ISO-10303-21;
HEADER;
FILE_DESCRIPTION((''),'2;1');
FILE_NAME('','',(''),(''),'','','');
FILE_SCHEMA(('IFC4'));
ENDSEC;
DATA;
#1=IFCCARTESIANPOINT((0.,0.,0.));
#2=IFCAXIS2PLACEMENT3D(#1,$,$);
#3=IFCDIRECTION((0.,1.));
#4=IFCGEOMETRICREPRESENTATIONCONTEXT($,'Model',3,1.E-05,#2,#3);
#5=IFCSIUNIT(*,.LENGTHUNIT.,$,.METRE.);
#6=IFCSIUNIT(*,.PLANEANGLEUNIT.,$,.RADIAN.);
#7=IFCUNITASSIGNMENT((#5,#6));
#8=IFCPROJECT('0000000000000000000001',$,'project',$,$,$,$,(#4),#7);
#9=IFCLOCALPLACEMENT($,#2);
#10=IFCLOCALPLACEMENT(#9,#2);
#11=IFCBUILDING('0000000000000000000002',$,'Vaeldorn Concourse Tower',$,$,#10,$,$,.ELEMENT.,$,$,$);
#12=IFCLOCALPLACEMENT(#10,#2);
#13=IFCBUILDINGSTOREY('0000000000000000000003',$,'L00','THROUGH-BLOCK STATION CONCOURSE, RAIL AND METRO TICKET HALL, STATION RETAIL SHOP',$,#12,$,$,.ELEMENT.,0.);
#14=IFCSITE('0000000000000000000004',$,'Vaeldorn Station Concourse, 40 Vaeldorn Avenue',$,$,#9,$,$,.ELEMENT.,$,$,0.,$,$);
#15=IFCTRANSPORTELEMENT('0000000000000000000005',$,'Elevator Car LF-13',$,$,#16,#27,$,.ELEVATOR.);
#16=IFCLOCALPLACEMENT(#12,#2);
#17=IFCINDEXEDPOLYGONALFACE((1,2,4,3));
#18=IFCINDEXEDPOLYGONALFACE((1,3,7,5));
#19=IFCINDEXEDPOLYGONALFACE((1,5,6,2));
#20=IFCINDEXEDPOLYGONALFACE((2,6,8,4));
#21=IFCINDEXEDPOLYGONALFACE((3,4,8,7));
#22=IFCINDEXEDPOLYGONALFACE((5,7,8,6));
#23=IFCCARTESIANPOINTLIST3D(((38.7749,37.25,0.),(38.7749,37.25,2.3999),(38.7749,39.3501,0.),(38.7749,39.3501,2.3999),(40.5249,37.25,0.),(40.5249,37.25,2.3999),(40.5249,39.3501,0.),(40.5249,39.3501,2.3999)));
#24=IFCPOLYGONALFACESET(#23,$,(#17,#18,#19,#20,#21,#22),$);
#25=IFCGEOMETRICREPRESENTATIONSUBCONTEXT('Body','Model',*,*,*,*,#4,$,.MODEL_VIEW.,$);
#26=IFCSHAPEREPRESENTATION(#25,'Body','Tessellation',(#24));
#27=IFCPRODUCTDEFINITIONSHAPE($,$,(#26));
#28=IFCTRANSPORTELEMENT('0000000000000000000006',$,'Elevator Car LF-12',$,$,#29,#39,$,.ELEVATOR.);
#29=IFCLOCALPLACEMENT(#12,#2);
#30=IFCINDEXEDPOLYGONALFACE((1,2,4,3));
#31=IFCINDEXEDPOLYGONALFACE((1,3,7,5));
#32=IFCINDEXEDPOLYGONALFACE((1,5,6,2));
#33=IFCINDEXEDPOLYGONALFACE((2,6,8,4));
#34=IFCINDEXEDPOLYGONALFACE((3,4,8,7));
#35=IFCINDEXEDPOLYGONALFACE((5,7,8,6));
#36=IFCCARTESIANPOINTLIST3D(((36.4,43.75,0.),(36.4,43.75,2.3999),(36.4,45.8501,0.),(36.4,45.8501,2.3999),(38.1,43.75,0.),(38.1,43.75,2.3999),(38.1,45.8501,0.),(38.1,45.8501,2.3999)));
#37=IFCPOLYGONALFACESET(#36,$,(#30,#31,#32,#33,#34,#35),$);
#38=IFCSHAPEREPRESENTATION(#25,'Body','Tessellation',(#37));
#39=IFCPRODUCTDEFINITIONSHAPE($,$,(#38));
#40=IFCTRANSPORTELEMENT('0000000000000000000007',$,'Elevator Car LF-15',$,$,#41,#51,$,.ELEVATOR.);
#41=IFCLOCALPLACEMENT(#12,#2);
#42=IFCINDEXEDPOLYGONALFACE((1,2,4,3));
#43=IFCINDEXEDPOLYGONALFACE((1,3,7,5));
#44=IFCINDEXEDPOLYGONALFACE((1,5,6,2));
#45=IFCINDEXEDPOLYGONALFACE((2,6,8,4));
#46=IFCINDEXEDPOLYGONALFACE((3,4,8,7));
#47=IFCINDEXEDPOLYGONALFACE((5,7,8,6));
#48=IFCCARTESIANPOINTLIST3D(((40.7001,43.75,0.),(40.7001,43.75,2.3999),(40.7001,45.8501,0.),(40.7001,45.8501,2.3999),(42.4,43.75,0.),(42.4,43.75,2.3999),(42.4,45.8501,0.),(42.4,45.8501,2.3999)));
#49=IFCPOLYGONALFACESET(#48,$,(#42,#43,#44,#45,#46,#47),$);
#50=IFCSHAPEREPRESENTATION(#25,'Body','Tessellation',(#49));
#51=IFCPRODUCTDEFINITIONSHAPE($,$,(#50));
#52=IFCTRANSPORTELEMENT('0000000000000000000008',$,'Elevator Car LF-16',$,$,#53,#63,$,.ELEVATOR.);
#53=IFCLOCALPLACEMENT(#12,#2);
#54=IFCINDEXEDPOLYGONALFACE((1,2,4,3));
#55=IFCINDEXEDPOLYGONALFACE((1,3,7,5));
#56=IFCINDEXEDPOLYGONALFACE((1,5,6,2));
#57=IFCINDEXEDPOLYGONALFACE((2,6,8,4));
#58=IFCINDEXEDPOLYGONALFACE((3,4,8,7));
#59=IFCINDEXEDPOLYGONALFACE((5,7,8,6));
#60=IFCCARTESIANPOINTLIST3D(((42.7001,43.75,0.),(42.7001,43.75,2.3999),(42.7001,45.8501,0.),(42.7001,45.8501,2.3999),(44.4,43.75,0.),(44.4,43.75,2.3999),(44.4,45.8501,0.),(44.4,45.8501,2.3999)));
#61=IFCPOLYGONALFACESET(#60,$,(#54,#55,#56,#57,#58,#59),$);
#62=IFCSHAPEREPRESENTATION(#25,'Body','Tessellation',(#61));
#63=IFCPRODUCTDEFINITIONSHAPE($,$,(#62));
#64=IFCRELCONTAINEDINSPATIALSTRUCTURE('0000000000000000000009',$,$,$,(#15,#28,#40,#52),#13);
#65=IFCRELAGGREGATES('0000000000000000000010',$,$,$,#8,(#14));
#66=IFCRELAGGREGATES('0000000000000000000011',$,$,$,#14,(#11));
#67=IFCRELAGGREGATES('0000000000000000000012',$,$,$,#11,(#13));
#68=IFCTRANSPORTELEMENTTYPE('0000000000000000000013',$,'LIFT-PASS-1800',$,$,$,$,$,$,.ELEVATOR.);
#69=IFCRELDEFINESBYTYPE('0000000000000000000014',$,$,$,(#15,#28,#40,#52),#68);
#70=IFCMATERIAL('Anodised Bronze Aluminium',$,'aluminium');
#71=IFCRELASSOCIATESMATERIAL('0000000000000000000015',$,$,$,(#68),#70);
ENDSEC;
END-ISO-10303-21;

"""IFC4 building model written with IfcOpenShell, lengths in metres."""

from ifc_helpers import new_model, si_unit, direction, frame, origin, origin_2d, place, context, subcontext, project, spatial, rectangle, extrude, source, transform, mapped, material, type_object, element, save


model = new_model("IFC4")

# Units and contexts
model_context = context("Model", 3, precision=1e-05, world=origin(), true_north=direction((0.0, 1.0)))
body_context = subcontext(model_context, "Body", "Model", "MODEL_VIEW")
ifc_project = project(units=[si_unit("LENGTHUNIT", "METRE"), si_unit("PLANEANGLEUNIT", "RADIAN")], contexts=[model_context])

# Site, building, storey
site_placement = place(None, origin())
site = spatial("IfcSite", under=ifc_project, at=site_placement, Name="Vaeldorn Station Concourse, 40 Vaeldorn Avenue", CompositionType="ELEMENT", RefElevation=0.0)
building_placement = place(site_placement, origin())
building = spatial("IfcBuilding", under=site, at=building_placement, Name="Vaeldorn Concourse Tower", CompositionType="ELEMENT")
storey_placement = place(building_placement, origin())
storey = spatial("IfcBuildingStorey", under=building, at=storey_placement, Name="L00", Description="THROUGH-BLOCK STATION CONCOURSE, RAIL AND METRO TICKET HALL, STATION RETAIL SHOP", CompositionType="ELEMENT", Elevation=0.0)

# Shared definitions
ifc_material_1 = material(Name="Anodised Bronze Aluminium", Category="aluminium")

# Transport elements
transport_element_type = type_object("IfcTransportElementType", Name="LIFT-PASS-1800", PredefinedType="ELEVATOR", material=ifc_material_1)
shared_shape_1 = source(origin(), body_context, "Body", "SweptSolid", [
    extrude(rectangle(XDim=1.75, YDim=2.1001, at=origin_2d()), origin(), (0.0, 0.0, 1.0), 2.3999),
])
for number, where, z_axis, x_axis, name in (
    (1, (39.6499, 38.3, 0.0), (0.0, 0.0, 1.0), (1.0, 0.0, 0.0), "Elevator Car LF-13"),
):
    element("IfcTransportElement", number, at=place(storey_placement, frame(where, z_axis=z_axis, x_axis=x_axis)), inside=storey, type_object=transport_element_type, Name=name, PredefinedType="ELEVATOR", context=body_context, shape_type="MappedRepresentation", body=[
        mapped(shared_shape_1, transform((0.0, 0.0, 0.0), scale=1.0)),
    ])
shared_shape_2 = source(origin(), body_context, "Body", "SweptSolid", [
    extrude(rectangle(XDim=1.7, YDim=2.1001, at=origin_2d()), origin(), (0.0, 0.0, 1.0), 2.3999),
])
for number, where, z_axis, x_axis, name in (
    (2, (37.25, 44.8, 0.0), (0.0, 0.0, 1.0), (1.0, 0.0, 0.0), "Elevator Car LF-12"),
    (3, (41.55, 44.8, 0.0), (0.0, 0.0, 1.0), (1.0, 0.0, 0.0), "Elevator Car LF-15"),
    (4, (43.55, 44.8, 0.0), (0.0, 0.0, 1.0), (1.0, 0.0, 0.0), "Elevator Car LF-16"),
):
    element("IfcTransportElement", number, at=place(storey_placement, frame(where, z_axis=z_axis, x_axis=x_axis)), inside=storey, type_object=transport_element_type, Name=name, PredefinedType="ELEVATOR", context=body_context, shape_type="MappedRepresentation", body=[
        mapped(shared_shape_2, transform((0.0, 0.0, 0.0), scale=1.0)),
    ])

save(model, "model.ifc")
